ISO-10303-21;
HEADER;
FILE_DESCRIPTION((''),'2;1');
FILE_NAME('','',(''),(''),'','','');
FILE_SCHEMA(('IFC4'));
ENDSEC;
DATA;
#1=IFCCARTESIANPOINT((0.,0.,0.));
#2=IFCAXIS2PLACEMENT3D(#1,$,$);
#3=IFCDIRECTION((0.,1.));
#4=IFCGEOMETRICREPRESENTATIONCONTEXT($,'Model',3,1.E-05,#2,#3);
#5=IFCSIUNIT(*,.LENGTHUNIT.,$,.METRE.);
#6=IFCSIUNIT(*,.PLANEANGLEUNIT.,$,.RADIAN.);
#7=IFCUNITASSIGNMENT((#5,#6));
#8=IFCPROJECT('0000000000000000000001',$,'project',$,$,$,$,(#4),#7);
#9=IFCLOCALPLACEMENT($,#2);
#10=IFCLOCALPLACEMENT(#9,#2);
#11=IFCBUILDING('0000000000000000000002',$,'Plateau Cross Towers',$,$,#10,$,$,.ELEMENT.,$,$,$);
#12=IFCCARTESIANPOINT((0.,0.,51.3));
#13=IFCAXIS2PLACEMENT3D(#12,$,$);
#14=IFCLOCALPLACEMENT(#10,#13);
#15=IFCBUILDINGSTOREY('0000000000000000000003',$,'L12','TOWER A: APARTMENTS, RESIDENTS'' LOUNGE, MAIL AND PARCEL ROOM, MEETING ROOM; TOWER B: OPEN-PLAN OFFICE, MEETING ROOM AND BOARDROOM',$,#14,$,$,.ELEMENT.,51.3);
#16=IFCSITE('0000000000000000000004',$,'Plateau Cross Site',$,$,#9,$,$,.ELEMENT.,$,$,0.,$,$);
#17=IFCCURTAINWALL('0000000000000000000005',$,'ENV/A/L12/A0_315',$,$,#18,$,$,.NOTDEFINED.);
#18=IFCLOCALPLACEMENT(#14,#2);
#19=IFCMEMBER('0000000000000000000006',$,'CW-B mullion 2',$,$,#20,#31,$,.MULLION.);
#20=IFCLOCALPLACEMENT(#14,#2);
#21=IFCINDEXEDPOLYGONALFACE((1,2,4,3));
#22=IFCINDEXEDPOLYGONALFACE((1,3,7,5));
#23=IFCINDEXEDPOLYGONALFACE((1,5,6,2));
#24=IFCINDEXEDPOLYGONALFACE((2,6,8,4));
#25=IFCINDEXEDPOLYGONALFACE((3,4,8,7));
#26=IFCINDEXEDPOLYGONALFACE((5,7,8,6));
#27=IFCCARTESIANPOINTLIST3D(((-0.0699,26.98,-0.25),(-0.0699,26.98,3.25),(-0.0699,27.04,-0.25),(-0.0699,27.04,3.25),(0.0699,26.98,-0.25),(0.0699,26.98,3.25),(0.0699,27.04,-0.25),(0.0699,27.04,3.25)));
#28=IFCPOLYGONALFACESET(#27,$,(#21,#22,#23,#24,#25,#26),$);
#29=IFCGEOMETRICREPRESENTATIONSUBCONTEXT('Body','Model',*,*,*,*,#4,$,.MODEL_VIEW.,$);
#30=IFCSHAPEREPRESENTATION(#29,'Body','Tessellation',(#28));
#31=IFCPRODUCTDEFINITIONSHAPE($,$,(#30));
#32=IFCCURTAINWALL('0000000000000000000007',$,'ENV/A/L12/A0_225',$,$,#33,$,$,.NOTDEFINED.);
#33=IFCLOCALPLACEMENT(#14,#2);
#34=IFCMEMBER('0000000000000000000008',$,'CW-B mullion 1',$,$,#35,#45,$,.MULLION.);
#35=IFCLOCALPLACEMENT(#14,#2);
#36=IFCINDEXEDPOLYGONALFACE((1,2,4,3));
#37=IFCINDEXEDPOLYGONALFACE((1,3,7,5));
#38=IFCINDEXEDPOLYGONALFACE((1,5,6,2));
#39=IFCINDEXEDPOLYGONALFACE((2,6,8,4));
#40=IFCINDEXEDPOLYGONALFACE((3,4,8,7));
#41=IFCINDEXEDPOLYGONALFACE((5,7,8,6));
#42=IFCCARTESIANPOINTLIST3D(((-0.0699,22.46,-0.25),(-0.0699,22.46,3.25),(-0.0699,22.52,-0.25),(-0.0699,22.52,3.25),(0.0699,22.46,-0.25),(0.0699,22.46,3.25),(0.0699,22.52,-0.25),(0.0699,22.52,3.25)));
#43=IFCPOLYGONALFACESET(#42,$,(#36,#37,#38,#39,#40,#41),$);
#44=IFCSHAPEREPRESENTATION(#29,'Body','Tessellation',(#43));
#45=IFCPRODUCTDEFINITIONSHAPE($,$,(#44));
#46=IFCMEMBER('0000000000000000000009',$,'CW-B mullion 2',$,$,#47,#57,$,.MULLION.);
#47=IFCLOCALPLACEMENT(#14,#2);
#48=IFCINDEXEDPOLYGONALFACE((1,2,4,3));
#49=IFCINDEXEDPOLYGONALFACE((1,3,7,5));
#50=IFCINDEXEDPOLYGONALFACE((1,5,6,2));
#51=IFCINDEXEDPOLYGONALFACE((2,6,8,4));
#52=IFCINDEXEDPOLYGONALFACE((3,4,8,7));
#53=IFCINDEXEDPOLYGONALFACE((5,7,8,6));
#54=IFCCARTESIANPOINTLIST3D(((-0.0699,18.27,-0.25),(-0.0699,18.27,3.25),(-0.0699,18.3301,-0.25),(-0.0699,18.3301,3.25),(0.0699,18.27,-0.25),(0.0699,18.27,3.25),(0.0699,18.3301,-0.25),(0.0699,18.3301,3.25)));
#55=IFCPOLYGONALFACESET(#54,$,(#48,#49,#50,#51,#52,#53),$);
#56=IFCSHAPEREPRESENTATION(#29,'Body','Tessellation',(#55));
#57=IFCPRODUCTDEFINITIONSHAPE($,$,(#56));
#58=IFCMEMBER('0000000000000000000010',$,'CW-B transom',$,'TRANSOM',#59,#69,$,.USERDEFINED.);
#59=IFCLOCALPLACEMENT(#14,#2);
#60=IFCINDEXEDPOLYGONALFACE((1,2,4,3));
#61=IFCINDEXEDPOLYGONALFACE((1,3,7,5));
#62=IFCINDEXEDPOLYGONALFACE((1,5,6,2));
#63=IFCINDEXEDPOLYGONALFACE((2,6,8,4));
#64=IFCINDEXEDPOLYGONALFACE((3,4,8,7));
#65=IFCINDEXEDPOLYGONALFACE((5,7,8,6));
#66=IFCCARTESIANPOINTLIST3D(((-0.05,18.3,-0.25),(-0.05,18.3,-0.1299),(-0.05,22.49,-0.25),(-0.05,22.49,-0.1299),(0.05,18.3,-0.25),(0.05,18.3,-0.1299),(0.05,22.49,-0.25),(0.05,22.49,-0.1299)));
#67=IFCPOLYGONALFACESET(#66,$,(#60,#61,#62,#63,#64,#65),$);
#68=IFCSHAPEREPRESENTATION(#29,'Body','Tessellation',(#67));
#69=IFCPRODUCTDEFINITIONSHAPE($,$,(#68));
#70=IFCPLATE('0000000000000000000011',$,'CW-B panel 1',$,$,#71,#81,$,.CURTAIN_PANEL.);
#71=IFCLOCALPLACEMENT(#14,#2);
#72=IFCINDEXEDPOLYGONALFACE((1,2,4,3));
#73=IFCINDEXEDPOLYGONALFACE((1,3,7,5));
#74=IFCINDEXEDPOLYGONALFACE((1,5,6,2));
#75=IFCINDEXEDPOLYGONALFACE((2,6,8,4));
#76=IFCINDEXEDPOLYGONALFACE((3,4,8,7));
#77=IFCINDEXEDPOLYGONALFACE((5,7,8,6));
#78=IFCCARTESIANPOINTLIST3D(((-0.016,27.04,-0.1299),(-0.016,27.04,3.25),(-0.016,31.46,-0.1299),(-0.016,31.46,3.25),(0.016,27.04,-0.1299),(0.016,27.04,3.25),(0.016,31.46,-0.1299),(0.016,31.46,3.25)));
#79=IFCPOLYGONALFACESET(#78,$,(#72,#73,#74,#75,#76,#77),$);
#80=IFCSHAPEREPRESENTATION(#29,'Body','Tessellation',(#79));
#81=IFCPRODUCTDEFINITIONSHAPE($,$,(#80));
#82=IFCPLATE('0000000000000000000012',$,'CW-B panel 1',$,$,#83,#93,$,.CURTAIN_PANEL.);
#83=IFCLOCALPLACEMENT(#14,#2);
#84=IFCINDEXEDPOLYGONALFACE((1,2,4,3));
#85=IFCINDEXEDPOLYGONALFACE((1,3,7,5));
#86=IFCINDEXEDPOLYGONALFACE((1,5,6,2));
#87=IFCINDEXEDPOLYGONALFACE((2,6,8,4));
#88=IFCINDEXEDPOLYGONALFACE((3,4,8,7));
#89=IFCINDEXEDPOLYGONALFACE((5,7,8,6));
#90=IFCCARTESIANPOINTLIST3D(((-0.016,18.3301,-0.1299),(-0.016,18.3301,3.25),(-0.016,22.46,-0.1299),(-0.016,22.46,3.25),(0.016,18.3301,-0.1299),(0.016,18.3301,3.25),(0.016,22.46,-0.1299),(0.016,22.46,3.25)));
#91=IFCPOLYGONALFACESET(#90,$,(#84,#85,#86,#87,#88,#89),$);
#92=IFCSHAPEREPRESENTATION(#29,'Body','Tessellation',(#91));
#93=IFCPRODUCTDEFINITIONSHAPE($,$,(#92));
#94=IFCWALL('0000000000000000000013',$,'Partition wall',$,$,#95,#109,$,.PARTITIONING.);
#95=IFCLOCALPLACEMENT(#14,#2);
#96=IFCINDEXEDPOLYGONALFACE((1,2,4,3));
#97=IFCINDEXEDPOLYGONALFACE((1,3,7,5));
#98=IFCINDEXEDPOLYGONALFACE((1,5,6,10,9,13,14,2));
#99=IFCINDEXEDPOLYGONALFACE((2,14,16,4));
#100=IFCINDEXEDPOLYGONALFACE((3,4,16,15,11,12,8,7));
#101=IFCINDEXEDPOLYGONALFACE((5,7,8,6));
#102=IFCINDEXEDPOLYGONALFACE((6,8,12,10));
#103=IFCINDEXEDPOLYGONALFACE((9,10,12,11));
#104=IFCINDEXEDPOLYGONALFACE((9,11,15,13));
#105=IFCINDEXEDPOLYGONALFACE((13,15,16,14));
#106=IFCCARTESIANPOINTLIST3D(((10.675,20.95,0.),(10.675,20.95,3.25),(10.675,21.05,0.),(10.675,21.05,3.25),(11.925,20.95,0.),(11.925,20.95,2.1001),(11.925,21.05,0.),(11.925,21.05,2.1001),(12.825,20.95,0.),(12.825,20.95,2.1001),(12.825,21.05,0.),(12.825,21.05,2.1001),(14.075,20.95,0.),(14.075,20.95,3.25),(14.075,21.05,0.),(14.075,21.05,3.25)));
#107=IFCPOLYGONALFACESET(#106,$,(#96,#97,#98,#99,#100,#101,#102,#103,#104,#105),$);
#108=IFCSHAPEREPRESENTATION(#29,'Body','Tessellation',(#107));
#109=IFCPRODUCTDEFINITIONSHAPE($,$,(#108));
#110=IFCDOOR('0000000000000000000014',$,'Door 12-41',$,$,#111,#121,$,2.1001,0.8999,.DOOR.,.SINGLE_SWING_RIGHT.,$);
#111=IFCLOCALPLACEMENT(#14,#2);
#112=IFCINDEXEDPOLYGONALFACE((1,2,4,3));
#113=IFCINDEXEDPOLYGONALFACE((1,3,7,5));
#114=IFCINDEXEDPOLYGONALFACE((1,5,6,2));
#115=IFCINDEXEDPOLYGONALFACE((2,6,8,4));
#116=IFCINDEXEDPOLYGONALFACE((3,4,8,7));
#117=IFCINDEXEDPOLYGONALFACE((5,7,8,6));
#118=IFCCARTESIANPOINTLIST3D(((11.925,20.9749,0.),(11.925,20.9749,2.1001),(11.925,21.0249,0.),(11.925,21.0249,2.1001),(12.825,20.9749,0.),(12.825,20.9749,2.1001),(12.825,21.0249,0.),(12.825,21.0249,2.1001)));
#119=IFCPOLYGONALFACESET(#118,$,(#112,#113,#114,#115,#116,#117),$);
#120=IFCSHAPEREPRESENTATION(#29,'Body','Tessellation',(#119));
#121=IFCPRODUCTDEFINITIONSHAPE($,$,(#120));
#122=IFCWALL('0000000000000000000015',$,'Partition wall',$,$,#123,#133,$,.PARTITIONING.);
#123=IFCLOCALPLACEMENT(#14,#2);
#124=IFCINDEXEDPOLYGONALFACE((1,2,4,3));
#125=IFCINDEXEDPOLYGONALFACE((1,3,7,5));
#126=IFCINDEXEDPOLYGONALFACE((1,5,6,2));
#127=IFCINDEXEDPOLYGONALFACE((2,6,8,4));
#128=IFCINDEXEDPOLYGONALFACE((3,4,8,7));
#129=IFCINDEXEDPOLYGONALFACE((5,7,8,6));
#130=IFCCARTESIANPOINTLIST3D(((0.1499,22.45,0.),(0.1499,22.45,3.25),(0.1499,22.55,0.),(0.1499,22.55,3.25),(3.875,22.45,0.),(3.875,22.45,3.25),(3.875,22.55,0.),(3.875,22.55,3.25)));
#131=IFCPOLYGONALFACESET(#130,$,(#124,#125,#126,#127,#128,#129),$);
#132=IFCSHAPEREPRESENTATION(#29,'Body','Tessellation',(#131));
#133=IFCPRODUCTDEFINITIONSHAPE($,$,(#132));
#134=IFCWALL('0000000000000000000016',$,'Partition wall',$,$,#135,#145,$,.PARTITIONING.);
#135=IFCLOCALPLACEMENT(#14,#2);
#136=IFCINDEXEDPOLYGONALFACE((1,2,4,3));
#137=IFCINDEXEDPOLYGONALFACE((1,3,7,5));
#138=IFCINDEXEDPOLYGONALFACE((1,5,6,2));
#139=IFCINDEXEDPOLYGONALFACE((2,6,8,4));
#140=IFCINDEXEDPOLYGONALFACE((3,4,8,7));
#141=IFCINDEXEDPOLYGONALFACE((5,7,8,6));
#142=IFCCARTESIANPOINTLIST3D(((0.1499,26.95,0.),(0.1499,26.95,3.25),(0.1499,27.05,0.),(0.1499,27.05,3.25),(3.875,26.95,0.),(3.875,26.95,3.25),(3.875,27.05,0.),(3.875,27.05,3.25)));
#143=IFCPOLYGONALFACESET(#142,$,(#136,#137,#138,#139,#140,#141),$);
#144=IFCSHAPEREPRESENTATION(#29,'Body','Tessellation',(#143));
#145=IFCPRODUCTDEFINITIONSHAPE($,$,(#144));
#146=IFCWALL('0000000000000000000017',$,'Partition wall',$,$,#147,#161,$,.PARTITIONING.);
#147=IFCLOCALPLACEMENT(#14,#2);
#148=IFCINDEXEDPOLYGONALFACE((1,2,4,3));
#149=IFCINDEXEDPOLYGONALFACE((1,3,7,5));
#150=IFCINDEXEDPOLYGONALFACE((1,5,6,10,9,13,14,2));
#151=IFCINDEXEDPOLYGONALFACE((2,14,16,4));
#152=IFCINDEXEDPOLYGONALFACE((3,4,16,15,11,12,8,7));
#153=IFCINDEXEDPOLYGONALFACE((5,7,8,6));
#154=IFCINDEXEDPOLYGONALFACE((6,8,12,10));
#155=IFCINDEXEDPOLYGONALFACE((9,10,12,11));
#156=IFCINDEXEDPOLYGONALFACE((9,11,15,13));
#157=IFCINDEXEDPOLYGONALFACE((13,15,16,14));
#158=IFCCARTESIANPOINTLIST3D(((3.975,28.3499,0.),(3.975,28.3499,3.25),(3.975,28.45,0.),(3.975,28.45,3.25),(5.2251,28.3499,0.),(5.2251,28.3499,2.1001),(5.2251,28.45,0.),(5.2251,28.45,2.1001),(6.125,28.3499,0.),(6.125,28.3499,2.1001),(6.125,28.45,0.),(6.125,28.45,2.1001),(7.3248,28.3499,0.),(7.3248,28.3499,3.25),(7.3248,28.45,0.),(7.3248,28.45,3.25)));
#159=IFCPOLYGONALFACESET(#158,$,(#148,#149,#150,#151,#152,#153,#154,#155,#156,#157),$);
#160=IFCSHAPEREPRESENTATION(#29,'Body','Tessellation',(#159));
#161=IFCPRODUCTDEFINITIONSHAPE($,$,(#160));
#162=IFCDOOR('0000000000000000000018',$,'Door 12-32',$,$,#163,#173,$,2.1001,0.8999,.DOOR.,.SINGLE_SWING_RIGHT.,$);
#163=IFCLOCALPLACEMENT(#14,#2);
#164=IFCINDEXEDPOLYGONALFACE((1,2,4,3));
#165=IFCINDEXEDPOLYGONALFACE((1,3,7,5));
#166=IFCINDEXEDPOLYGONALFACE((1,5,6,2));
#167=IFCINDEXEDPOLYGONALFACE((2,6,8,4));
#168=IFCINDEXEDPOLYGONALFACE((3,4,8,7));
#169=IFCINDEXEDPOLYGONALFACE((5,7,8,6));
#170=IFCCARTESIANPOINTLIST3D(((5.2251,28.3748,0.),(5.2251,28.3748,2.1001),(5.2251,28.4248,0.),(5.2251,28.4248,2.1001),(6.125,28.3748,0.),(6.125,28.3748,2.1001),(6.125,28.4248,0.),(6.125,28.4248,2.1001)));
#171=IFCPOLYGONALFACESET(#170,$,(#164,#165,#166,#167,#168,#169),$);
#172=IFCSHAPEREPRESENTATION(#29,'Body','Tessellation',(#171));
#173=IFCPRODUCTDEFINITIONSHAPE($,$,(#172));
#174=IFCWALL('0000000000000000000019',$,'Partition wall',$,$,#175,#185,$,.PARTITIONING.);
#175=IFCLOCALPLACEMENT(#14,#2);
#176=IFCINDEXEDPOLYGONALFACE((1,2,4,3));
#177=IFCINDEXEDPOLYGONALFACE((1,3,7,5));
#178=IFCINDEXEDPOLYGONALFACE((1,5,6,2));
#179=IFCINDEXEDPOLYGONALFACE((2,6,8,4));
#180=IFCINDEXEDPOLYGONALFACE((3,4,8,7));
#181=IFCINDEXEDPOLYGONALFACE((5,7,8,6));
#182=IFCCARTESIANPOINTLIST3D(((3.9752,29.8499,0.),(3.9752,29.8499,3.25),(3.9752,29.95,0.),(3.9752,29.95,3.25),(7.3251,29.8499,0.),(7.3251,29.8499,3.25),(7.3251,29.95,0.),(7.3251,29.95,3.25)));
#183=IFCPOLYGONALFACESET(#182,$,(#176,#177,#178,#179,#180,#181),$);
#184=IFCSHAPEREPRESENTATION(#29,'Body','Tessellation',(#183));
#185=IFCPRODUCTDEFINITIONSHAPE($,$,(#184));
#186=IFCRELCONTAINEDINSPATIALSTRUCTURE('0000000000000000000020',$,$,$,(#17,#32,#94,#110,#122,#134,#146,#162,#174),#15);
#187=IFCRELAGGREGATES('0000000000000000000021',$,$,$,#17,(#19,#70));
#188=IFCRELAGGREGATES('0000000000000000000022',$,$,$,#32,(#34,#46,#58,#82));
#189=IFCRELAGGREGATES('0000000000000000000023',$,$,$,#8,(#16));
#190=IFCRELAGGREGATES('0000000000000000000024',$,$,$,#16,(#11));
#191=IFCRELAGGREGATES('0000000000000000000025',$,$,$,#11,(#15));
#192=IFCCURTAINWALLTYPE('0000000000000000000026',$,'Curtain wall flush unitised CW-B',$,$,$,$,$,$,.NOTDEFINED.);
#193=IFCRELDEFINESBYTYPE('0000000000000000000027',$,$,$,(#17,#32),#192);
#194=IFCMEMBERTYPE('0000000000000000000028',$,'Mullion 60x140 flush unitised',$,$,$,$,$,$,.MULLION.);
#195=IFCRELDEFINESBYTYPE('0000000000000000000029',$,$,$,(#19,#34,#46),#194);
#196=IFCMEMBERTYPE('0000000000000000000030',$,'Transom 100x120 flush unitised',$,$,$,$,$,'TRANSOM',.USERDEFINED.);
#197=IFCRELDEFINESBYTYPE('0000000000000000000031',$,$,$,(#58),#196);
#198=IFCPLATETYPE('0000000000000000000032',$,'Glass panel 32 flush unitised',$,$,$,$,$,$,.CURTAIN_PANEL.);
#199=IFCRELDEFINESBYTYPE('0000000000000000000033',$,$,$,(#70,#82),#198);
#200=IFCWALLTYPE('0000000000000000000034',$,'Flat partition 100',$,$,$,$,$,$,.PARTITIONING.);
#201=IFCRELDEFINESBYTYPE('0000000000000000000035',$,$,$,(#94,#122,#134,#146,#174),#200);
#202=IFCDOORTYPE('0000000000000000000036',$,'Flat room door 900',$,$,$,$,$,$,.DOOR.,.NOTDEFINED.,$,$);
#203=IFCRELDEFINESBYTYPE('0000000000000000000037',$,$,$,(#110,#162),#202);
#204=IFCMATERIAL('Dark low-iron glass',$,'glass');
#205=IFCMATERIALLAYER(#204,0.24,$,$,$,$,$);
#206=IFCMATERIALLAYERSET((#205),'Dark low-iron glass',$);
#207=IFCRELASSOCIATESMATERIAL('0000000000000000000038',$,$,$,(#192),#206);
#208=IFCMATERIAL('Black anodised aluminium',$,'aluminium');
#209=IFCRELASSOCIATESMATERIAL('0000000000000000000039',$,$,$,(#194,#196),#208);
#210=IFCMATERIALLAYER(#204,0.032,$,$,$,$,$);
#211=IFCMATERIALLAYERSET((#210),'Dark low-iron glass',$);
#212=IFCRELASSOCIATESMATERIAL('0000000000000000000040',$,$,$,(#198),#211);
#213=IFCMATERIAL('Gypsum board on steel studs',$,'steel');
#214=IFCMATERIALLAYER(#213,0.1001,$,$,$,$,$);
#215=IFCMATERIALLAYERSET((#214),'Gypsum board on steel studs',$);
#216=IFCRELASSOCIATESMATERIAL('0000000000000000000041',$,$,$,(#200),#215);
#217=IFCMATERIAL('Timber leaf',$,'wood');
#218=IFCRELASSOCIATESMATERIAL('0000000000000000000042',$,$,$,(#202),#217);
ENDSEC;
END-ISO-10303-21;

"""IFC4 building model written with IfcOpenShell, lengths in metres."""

from ifc_helpers import new_model, si_unit, direction, frame, frame_2d, origin, origin_2d, place, context, subcontext, project, spatial, rectangle, extrude, material, layer, layer_set, material_profile, profile_set, type_object, element, fill, aggregate, save


model = new_model("IFC4")

# Units and contexts
model_context = context("Model", 3, precision=1e-05, world=origin(), true_north=direction((0.0, 1.0)))
body_context = subcontext(model_context, "Body", "Model", "MODEL_VIEW")
ifc_project = project(units=[si_unit("LENGTHUNIT", "METRE"), si_unit("PLANEANGLEUNIT", "RADIAN")], contexts=[model_context])

# Site, building, storey
site_placement = place(None, origin())
site = spatial("IfcSite", under=ifc_project, at=site_placement, Name="Plateau Cross Site", CompositionType="ELEMENT", RefElevation=0.0)
building_placement = place(site_placement, origin())
building = spatial("IfcBuilding", under=site, at=building_placement, Name="Plateau Cross Towers", CompositionType="ELEMENT")
storey_placement = place(building_placement, frame((0.0, 0.0, 51.3)))
storey = spatial("IfcBuildingStorey", under=building, at=storey_placement, Name="L12", Description="TOWER A: APARTMENTS, RESIDENTS' LOUNGE, MAIL AND PARCEL ROOM, MEETING ROOM; TOWER B: OPEN-PLAN OFFICE, MEETING ROOM AND BOARDROOM", CompositionType="ELEMENT", Elevation=51.3)

# Curtain wall, member
ifc_material_1 = material(Name="Dark low-iron glass", Category="glass")
ifc_layer_1 = layer(ifc_material_1, 0.24)
ifc_layer_set_1 = layer_set([ifc_layer_1], Name="Dark low-iron glass")
curtain_wall_type = type_object("IfcCurtainWallType", Name="Curtain wall flush unitised CW-B", PredefinedType="NOTDEFINED", material=ifc_layer_set_1)
curtain_wall_1_placement = place(storey_placement, origin())
curtain_wall_1 = element("IfcCurtainWall", 1, at=curtain_wall_1_placement, inside=storey, type_object=curtain_wall_type, Name="ENV/A/L12/A0_315", PredefinedType="NOTDEFINED")
ifc_material_2 = material(Name="Black anodised aluminium", Category="aluminium")
ifc_material_profile_1 = material_profile(ifc_material_2, rectangle(XDim=0.0601, YDim=0.1399, at=origin_2d()), Name="MULLION 60x140")
ifc_profile_set_1 = profile_set([ifc_material_profile_1], Name="Black anodised aluminium")
member_type_1 = type_object("IfcMemberType", Name="Mullion 60x140 flush unitised", PredefinedType="MULLION", material=ifc_profile_set_1)
member_1_placement = place(storey_placement, frame((0.0, 27.01, -0.25), z_axis=(0.0, 0.0, 1.0), x_axis=(0.0, -1.0, 0.0)))
member_1 = element("IfcMember", 2, at=member_1_placement, type_object=member_type_1, Name="CW-B mullion 2", PredefinedType="MULLION", context=body_context, shape_type="SweptSolid", body=[
    extrude(rectangle(XDim=0.0601, YDim=0.1399, at=origin_2d()), origin(), (0.0, 0.0, 1.0), 3.5),
])

# Curtain wall, members
curtain_wall_2_placement = place(storey_placement, origin())
curtain_wall_2 = element("IfcCurtainWall", 3, at=curtain_wall_2_placement, inside=storey, type_object=curtain_wall_type, Name="ENV/A/L12/A0_225", PredefinedType="NOTDEFINED")
member_2_placement = place(storey_placement, frame((0.0, 22.49, -0.25), z_axis=(0.0, 0.0, 1.0), x_axis=(0.0, -1.0, 0.0)))
member_2 = element("IfcMember", 4, at=member_2_placement, type_object=member_type_1, Name="CW-B mullion 1", PredefinedType="MULLION", context=body_context, shape_type="SweptSolid", body=[
    extrude(rectangle(XDim=0.0601, YDim=0.1399, at=origin_2d()), origin(), (0.0, 0.0, 1.0), 3.5),
])
member_3_placement = place(storey_placement, frame((0.0, 18.3, -0.25), z_axis=(0.0, 0.0, 1.0), x_axis=(0.0, -1.0, 0.0)))
member_3 = element("IfcMember", 5, at=member_3_placement, type_object=member_type_1, Name="CW-B mullion 2", PredefinedType="MULLION", context=body_context, shape_type="SweptSolid", body=[
    extrude(rectangle(XDim=0.0601, YDim=0.1399, at=origin_2d()), origin(), (0.0, 0.0, 1.0), 3.5),
])
ifc_material_profile_2 = material_profile(ifc_material_2, rectangle(XDim=0.1001, YDim=0.1201, at=origin_2d()), Name="TRANSOM 100x120")
ifc_profile_set_2 = profile_set([ifc_material_profile_2], Name="Black anodised aluminium")
member_type_2 = type_object("IfcMemberType", Name="Transom 100x120 flush unitised", ElementType="TRANSOM", PredefinedType="USERDEFINED", material=ifc_profile_set_2)
member_4_placement = place(storey_placement, frame((0.0, 22.49, -0.1899), z_axis=(0.0, -1.0, 0.0), x_axis=(1.0, 0.0, 0.0)))
member_4 = element("IfcMember", 6, at=member_4_placement, type_object=member_type_2, Name="CW-B transom", ObjectType="TRANSOM", PredefinedType="USERDEFINED", context=body_context, shape_type="SweptSolid", body=[
    extrude(rectangle(XDim=0.1001, YDim=0.1201, at=origin_2d()), origin(), (0.0, 0.0, 1.0), 4.1899),
])

# Plates
ifc_layer_2 = layer(ifc_material_1, 0.032)
ifc_layer_set_2 = layer_set([ifc_layer_2], Name="Dark low-iron glass")
plate_type = type_object("IfcPlateType", Name="Glass panel 32 flush unitised", PredefinedType="CURTAIN_PANEL", material=ifc_layer_set_2)
plate_1_placement = place(storey_placement, frame((0.0, 29.25, -0.1299), z_axis=(0.0, 0.0, 1.0), x_axis=(0.0, -1.0, 0.0)))
plate_1 = element("IfcPlate", 7, at=plate_1_placement, type_object=plate_type, Name="CW-B panel 1", PredefinedType="CURTAIN_PANEL", context=body_context, shape_type="SweptSolid", body=[
    extrude(rectangle(XDim=4.4199, YDim=0.032, at=origin_2d()), origin(), (0.0, 0.0, 1.0), 3.3799),
])
aggregate(curtain_wall_1, [member_1, plate_1])
plate_2_placement = place(storey_placement, frame((0.0, 20.395, -0.1299), z_axis=(0.0, 0.0, 1.0), x_axis=(0.0, -1.0, 0.0)))
plate_2 = element("IfcPlate", 8, at=plate_2_placement, type_object=plate_type, Name="CW-B panel 1", PredefinedType="CURTAIN_PANEL", context=body_context, shape_type="SweptSolid", body=[
    extrude(rectangle(XDim=4.1299, YDim=0.032, at=origin_2d()), origin(), (0.0, 0.0, 1.0), 3.3799),
])
aggregate(curtain_wall_2, [member_2, member_3, member_4, plate_2])

# Wall, opening, door
ifc_material_3 = material(Name="Gypsum board on steel studs", Category="steel")
ifc_layer_3 = layer(ifc_material_3, 0.1001)
ifc_layer_set_3 = layer_set([ifc_layer_3], Name="Gypsum board on steel studs")
wall_type_1 = type_object("IfcWallType", Name="Flat partition 100", PredefinedType="PARTITIONING", material=ifc_layer_set_3)
wall_1_placement = place(storey_placement, frame((10.675, 21.0, 0.0), z_axis=(0.0, 0.0, 1.0), x_axis=(1.0, 0.0, 0.0)))
wall_1 = element("IfcWall", 9, at=wall_1_placement, inside=storey, type_object=wall_type_1, Name="Partition wall", PredefinedType="PARTITIONING", context=body_context, shape_type="SweptSolid", body=[
    extrude(rectangle(XDim=3.3999, YDim=0.1001, at=frame_2d((1.7, 0.0))), origin(), (0.0, 0.0, 1.0), 3.25),
])
opening_1_placement = place(wall_1_placement, frame((1.25, 0.0, 0.0)))
opening_1 = element("IfcOpeningElement", 10, at=opening_1_placement, cuts=wall_1, PredefinedType="OPENING", context=body_context, shape_type="SweptSolid", body=[
    extrude(rectangle(XDim=0.8999, YDim=2.1001, at=frame_2d((0.45, 1.05))), frame((0.0, 0.0601, 0.0), z_axis=(0.0, -1.0, 0.0), x_axis=(1.0, 0.0, 0.0)), (0.0, 0.0, 1.0), 0.1201),
])
ifc_material_4 = material(Name="Timber leaf", Category="wood")
door_type_1 = type_object("IfcDoorType", Name="Flat room door 900", OperationType="NOTDEFINED", PredefinedType="DOOR", material=ifc_material_4)
door_1_placement = place(opening_1_placement, origin())
door_1 = element("IfcDoor", 11, at=door_1_placement, inside=storey, type_object=door_type_1, Name="Door 12-41", OperationType="SINGLE_SWING_RIGHT", OverallHeight=2.1001, OverallWidth=0.8999, PredefinedType="DOOR", context=body_context, shape_type="SweptSolid", body=[
    extrude(rectangle(XDim=0.8999, YDim=2.1001, at=frame_2d((0.45, 1.05))), frame((0.0, 0.0249, 0.0), z_axis=(0.0, -1.0, 0.0), x_axis=(1.0, 0.0, 0.0)), (0.0, 0.0, 1.0), 0.05),
])
fill(opening_1, door_1)

# Walls
for number, where, z_axis, x_axis, name in (
    (12, (3.875, 22.5, 0.0), (0.0, 0.0, 1.0), (-1.0, 0.0, 0.0), "Partition wall"),
    (13, (3.875, 27.0, 0.0), (0.0, 0.0, 1.0), (-1.0, 0.0, 0.0), "Partition wall"),
):
    element("IfcWall", number, at=place(storey_placement, frame(where, z_axis=z_axis, x_axis=x_axis)), inside=storey, type_object=wall_type_1, Name=name, PredefinedType="PARTITIONING", context=body_context, shape_type="SweptSolid", body=[
        extrude(rectangle(XDim=3.7251, YDim=0.1001, at=frame_2d((1.8625, 0.0))), origin(), (0.0, 0.0, 1.0), 3.25),
    ])

# Wall, opening, door
wall_2_placement = place(storey_placement, frame((3.9751, 28.3999, 0.0), z_axis=(0.0, 0.0, 1.0), x_axis=(1.0, 0.0, 0.0)))
wall_2 = element("IfcWall", 14, at=wall_2_placement, inside=storey, type_object=wall_type_1, Name="Partition wall", PredefinedType="PARTITIONING", context=body_context, shape_type="SweptSolid", body=[
    extrude(rectangle(XDim=3.3499, YDim=0.1001, at=frame_2d((1.6748, 0.0))), origin(), (0.0, 0.0, 1.0), 3.25),
])
opening_2_placement = place(wall_2_placement, frame((1.25, 0.0, 0.0)))
opening_2 = element("IfcOpeningElement", 15, at=opening_2_placement, cuts=wall_2, PredefinedType="OPENING", context=body_context, shape_type="SweptSolid", body=[
    extrude(rectangle(XDim=0.8999, YDim=2.1001, at=frame_2d((0.45, 1.05))), frame((0.0, 0.0601, 0.0), z_axis=(0.0, -1.0, 0.0), x_axis=(1.0, 0.0, 0.0)), (0.0, 0.0, 1.0), 0.1201),
])
door_2_placement = place(opening_2_placement, origin())
door_2 = element("IfcDoor", 16, at=door_2_placement, inside=storey, type_object=door_type_1, Name="Door 12-32", OperationType="SINGLE_SWING_RIGHT", OverallHeight=2.1001, OverallWidth=0.8999, PredefinedType="DOOR", context=body_context, shape_type="SweptSolid", body=[
    extrude(rectangle(XDim=0.8999, YDim=2.1001, at=frame_2d((0.45, 1.05))), frame((0.0, 0.0249, 0.0), z_axis=(0.0, -1.0, 0.0), x_axis=(1.0, 0.0, 0.0)), (0.0, 0.0, 1.0), 0.05),
])
fill(opening_2, door_2)

# Wall
wall_3_placement = place(storey_placement, frame((7.325, 29.8999, 0.0), z_axis=(0.0, 0.0, 1.0), x_axis=(-1.0, 0.0, 0.0)))
element("IfcWall", 17, at=wall_3_placement, inside=storey, type_object=wall_type_1, Name="Partition wall", PredefinedType="PARTITIONING", context=body_context, shape_type="SweptSolid", body=[
    extrude(rectangle(XDim=3.3499, YDim=0.1001, at=frame_2d((1.6748, 0.0))), origin(), (0.0, 0.0, 1.0), 3.25),
])

save(model, "model.ifc")
